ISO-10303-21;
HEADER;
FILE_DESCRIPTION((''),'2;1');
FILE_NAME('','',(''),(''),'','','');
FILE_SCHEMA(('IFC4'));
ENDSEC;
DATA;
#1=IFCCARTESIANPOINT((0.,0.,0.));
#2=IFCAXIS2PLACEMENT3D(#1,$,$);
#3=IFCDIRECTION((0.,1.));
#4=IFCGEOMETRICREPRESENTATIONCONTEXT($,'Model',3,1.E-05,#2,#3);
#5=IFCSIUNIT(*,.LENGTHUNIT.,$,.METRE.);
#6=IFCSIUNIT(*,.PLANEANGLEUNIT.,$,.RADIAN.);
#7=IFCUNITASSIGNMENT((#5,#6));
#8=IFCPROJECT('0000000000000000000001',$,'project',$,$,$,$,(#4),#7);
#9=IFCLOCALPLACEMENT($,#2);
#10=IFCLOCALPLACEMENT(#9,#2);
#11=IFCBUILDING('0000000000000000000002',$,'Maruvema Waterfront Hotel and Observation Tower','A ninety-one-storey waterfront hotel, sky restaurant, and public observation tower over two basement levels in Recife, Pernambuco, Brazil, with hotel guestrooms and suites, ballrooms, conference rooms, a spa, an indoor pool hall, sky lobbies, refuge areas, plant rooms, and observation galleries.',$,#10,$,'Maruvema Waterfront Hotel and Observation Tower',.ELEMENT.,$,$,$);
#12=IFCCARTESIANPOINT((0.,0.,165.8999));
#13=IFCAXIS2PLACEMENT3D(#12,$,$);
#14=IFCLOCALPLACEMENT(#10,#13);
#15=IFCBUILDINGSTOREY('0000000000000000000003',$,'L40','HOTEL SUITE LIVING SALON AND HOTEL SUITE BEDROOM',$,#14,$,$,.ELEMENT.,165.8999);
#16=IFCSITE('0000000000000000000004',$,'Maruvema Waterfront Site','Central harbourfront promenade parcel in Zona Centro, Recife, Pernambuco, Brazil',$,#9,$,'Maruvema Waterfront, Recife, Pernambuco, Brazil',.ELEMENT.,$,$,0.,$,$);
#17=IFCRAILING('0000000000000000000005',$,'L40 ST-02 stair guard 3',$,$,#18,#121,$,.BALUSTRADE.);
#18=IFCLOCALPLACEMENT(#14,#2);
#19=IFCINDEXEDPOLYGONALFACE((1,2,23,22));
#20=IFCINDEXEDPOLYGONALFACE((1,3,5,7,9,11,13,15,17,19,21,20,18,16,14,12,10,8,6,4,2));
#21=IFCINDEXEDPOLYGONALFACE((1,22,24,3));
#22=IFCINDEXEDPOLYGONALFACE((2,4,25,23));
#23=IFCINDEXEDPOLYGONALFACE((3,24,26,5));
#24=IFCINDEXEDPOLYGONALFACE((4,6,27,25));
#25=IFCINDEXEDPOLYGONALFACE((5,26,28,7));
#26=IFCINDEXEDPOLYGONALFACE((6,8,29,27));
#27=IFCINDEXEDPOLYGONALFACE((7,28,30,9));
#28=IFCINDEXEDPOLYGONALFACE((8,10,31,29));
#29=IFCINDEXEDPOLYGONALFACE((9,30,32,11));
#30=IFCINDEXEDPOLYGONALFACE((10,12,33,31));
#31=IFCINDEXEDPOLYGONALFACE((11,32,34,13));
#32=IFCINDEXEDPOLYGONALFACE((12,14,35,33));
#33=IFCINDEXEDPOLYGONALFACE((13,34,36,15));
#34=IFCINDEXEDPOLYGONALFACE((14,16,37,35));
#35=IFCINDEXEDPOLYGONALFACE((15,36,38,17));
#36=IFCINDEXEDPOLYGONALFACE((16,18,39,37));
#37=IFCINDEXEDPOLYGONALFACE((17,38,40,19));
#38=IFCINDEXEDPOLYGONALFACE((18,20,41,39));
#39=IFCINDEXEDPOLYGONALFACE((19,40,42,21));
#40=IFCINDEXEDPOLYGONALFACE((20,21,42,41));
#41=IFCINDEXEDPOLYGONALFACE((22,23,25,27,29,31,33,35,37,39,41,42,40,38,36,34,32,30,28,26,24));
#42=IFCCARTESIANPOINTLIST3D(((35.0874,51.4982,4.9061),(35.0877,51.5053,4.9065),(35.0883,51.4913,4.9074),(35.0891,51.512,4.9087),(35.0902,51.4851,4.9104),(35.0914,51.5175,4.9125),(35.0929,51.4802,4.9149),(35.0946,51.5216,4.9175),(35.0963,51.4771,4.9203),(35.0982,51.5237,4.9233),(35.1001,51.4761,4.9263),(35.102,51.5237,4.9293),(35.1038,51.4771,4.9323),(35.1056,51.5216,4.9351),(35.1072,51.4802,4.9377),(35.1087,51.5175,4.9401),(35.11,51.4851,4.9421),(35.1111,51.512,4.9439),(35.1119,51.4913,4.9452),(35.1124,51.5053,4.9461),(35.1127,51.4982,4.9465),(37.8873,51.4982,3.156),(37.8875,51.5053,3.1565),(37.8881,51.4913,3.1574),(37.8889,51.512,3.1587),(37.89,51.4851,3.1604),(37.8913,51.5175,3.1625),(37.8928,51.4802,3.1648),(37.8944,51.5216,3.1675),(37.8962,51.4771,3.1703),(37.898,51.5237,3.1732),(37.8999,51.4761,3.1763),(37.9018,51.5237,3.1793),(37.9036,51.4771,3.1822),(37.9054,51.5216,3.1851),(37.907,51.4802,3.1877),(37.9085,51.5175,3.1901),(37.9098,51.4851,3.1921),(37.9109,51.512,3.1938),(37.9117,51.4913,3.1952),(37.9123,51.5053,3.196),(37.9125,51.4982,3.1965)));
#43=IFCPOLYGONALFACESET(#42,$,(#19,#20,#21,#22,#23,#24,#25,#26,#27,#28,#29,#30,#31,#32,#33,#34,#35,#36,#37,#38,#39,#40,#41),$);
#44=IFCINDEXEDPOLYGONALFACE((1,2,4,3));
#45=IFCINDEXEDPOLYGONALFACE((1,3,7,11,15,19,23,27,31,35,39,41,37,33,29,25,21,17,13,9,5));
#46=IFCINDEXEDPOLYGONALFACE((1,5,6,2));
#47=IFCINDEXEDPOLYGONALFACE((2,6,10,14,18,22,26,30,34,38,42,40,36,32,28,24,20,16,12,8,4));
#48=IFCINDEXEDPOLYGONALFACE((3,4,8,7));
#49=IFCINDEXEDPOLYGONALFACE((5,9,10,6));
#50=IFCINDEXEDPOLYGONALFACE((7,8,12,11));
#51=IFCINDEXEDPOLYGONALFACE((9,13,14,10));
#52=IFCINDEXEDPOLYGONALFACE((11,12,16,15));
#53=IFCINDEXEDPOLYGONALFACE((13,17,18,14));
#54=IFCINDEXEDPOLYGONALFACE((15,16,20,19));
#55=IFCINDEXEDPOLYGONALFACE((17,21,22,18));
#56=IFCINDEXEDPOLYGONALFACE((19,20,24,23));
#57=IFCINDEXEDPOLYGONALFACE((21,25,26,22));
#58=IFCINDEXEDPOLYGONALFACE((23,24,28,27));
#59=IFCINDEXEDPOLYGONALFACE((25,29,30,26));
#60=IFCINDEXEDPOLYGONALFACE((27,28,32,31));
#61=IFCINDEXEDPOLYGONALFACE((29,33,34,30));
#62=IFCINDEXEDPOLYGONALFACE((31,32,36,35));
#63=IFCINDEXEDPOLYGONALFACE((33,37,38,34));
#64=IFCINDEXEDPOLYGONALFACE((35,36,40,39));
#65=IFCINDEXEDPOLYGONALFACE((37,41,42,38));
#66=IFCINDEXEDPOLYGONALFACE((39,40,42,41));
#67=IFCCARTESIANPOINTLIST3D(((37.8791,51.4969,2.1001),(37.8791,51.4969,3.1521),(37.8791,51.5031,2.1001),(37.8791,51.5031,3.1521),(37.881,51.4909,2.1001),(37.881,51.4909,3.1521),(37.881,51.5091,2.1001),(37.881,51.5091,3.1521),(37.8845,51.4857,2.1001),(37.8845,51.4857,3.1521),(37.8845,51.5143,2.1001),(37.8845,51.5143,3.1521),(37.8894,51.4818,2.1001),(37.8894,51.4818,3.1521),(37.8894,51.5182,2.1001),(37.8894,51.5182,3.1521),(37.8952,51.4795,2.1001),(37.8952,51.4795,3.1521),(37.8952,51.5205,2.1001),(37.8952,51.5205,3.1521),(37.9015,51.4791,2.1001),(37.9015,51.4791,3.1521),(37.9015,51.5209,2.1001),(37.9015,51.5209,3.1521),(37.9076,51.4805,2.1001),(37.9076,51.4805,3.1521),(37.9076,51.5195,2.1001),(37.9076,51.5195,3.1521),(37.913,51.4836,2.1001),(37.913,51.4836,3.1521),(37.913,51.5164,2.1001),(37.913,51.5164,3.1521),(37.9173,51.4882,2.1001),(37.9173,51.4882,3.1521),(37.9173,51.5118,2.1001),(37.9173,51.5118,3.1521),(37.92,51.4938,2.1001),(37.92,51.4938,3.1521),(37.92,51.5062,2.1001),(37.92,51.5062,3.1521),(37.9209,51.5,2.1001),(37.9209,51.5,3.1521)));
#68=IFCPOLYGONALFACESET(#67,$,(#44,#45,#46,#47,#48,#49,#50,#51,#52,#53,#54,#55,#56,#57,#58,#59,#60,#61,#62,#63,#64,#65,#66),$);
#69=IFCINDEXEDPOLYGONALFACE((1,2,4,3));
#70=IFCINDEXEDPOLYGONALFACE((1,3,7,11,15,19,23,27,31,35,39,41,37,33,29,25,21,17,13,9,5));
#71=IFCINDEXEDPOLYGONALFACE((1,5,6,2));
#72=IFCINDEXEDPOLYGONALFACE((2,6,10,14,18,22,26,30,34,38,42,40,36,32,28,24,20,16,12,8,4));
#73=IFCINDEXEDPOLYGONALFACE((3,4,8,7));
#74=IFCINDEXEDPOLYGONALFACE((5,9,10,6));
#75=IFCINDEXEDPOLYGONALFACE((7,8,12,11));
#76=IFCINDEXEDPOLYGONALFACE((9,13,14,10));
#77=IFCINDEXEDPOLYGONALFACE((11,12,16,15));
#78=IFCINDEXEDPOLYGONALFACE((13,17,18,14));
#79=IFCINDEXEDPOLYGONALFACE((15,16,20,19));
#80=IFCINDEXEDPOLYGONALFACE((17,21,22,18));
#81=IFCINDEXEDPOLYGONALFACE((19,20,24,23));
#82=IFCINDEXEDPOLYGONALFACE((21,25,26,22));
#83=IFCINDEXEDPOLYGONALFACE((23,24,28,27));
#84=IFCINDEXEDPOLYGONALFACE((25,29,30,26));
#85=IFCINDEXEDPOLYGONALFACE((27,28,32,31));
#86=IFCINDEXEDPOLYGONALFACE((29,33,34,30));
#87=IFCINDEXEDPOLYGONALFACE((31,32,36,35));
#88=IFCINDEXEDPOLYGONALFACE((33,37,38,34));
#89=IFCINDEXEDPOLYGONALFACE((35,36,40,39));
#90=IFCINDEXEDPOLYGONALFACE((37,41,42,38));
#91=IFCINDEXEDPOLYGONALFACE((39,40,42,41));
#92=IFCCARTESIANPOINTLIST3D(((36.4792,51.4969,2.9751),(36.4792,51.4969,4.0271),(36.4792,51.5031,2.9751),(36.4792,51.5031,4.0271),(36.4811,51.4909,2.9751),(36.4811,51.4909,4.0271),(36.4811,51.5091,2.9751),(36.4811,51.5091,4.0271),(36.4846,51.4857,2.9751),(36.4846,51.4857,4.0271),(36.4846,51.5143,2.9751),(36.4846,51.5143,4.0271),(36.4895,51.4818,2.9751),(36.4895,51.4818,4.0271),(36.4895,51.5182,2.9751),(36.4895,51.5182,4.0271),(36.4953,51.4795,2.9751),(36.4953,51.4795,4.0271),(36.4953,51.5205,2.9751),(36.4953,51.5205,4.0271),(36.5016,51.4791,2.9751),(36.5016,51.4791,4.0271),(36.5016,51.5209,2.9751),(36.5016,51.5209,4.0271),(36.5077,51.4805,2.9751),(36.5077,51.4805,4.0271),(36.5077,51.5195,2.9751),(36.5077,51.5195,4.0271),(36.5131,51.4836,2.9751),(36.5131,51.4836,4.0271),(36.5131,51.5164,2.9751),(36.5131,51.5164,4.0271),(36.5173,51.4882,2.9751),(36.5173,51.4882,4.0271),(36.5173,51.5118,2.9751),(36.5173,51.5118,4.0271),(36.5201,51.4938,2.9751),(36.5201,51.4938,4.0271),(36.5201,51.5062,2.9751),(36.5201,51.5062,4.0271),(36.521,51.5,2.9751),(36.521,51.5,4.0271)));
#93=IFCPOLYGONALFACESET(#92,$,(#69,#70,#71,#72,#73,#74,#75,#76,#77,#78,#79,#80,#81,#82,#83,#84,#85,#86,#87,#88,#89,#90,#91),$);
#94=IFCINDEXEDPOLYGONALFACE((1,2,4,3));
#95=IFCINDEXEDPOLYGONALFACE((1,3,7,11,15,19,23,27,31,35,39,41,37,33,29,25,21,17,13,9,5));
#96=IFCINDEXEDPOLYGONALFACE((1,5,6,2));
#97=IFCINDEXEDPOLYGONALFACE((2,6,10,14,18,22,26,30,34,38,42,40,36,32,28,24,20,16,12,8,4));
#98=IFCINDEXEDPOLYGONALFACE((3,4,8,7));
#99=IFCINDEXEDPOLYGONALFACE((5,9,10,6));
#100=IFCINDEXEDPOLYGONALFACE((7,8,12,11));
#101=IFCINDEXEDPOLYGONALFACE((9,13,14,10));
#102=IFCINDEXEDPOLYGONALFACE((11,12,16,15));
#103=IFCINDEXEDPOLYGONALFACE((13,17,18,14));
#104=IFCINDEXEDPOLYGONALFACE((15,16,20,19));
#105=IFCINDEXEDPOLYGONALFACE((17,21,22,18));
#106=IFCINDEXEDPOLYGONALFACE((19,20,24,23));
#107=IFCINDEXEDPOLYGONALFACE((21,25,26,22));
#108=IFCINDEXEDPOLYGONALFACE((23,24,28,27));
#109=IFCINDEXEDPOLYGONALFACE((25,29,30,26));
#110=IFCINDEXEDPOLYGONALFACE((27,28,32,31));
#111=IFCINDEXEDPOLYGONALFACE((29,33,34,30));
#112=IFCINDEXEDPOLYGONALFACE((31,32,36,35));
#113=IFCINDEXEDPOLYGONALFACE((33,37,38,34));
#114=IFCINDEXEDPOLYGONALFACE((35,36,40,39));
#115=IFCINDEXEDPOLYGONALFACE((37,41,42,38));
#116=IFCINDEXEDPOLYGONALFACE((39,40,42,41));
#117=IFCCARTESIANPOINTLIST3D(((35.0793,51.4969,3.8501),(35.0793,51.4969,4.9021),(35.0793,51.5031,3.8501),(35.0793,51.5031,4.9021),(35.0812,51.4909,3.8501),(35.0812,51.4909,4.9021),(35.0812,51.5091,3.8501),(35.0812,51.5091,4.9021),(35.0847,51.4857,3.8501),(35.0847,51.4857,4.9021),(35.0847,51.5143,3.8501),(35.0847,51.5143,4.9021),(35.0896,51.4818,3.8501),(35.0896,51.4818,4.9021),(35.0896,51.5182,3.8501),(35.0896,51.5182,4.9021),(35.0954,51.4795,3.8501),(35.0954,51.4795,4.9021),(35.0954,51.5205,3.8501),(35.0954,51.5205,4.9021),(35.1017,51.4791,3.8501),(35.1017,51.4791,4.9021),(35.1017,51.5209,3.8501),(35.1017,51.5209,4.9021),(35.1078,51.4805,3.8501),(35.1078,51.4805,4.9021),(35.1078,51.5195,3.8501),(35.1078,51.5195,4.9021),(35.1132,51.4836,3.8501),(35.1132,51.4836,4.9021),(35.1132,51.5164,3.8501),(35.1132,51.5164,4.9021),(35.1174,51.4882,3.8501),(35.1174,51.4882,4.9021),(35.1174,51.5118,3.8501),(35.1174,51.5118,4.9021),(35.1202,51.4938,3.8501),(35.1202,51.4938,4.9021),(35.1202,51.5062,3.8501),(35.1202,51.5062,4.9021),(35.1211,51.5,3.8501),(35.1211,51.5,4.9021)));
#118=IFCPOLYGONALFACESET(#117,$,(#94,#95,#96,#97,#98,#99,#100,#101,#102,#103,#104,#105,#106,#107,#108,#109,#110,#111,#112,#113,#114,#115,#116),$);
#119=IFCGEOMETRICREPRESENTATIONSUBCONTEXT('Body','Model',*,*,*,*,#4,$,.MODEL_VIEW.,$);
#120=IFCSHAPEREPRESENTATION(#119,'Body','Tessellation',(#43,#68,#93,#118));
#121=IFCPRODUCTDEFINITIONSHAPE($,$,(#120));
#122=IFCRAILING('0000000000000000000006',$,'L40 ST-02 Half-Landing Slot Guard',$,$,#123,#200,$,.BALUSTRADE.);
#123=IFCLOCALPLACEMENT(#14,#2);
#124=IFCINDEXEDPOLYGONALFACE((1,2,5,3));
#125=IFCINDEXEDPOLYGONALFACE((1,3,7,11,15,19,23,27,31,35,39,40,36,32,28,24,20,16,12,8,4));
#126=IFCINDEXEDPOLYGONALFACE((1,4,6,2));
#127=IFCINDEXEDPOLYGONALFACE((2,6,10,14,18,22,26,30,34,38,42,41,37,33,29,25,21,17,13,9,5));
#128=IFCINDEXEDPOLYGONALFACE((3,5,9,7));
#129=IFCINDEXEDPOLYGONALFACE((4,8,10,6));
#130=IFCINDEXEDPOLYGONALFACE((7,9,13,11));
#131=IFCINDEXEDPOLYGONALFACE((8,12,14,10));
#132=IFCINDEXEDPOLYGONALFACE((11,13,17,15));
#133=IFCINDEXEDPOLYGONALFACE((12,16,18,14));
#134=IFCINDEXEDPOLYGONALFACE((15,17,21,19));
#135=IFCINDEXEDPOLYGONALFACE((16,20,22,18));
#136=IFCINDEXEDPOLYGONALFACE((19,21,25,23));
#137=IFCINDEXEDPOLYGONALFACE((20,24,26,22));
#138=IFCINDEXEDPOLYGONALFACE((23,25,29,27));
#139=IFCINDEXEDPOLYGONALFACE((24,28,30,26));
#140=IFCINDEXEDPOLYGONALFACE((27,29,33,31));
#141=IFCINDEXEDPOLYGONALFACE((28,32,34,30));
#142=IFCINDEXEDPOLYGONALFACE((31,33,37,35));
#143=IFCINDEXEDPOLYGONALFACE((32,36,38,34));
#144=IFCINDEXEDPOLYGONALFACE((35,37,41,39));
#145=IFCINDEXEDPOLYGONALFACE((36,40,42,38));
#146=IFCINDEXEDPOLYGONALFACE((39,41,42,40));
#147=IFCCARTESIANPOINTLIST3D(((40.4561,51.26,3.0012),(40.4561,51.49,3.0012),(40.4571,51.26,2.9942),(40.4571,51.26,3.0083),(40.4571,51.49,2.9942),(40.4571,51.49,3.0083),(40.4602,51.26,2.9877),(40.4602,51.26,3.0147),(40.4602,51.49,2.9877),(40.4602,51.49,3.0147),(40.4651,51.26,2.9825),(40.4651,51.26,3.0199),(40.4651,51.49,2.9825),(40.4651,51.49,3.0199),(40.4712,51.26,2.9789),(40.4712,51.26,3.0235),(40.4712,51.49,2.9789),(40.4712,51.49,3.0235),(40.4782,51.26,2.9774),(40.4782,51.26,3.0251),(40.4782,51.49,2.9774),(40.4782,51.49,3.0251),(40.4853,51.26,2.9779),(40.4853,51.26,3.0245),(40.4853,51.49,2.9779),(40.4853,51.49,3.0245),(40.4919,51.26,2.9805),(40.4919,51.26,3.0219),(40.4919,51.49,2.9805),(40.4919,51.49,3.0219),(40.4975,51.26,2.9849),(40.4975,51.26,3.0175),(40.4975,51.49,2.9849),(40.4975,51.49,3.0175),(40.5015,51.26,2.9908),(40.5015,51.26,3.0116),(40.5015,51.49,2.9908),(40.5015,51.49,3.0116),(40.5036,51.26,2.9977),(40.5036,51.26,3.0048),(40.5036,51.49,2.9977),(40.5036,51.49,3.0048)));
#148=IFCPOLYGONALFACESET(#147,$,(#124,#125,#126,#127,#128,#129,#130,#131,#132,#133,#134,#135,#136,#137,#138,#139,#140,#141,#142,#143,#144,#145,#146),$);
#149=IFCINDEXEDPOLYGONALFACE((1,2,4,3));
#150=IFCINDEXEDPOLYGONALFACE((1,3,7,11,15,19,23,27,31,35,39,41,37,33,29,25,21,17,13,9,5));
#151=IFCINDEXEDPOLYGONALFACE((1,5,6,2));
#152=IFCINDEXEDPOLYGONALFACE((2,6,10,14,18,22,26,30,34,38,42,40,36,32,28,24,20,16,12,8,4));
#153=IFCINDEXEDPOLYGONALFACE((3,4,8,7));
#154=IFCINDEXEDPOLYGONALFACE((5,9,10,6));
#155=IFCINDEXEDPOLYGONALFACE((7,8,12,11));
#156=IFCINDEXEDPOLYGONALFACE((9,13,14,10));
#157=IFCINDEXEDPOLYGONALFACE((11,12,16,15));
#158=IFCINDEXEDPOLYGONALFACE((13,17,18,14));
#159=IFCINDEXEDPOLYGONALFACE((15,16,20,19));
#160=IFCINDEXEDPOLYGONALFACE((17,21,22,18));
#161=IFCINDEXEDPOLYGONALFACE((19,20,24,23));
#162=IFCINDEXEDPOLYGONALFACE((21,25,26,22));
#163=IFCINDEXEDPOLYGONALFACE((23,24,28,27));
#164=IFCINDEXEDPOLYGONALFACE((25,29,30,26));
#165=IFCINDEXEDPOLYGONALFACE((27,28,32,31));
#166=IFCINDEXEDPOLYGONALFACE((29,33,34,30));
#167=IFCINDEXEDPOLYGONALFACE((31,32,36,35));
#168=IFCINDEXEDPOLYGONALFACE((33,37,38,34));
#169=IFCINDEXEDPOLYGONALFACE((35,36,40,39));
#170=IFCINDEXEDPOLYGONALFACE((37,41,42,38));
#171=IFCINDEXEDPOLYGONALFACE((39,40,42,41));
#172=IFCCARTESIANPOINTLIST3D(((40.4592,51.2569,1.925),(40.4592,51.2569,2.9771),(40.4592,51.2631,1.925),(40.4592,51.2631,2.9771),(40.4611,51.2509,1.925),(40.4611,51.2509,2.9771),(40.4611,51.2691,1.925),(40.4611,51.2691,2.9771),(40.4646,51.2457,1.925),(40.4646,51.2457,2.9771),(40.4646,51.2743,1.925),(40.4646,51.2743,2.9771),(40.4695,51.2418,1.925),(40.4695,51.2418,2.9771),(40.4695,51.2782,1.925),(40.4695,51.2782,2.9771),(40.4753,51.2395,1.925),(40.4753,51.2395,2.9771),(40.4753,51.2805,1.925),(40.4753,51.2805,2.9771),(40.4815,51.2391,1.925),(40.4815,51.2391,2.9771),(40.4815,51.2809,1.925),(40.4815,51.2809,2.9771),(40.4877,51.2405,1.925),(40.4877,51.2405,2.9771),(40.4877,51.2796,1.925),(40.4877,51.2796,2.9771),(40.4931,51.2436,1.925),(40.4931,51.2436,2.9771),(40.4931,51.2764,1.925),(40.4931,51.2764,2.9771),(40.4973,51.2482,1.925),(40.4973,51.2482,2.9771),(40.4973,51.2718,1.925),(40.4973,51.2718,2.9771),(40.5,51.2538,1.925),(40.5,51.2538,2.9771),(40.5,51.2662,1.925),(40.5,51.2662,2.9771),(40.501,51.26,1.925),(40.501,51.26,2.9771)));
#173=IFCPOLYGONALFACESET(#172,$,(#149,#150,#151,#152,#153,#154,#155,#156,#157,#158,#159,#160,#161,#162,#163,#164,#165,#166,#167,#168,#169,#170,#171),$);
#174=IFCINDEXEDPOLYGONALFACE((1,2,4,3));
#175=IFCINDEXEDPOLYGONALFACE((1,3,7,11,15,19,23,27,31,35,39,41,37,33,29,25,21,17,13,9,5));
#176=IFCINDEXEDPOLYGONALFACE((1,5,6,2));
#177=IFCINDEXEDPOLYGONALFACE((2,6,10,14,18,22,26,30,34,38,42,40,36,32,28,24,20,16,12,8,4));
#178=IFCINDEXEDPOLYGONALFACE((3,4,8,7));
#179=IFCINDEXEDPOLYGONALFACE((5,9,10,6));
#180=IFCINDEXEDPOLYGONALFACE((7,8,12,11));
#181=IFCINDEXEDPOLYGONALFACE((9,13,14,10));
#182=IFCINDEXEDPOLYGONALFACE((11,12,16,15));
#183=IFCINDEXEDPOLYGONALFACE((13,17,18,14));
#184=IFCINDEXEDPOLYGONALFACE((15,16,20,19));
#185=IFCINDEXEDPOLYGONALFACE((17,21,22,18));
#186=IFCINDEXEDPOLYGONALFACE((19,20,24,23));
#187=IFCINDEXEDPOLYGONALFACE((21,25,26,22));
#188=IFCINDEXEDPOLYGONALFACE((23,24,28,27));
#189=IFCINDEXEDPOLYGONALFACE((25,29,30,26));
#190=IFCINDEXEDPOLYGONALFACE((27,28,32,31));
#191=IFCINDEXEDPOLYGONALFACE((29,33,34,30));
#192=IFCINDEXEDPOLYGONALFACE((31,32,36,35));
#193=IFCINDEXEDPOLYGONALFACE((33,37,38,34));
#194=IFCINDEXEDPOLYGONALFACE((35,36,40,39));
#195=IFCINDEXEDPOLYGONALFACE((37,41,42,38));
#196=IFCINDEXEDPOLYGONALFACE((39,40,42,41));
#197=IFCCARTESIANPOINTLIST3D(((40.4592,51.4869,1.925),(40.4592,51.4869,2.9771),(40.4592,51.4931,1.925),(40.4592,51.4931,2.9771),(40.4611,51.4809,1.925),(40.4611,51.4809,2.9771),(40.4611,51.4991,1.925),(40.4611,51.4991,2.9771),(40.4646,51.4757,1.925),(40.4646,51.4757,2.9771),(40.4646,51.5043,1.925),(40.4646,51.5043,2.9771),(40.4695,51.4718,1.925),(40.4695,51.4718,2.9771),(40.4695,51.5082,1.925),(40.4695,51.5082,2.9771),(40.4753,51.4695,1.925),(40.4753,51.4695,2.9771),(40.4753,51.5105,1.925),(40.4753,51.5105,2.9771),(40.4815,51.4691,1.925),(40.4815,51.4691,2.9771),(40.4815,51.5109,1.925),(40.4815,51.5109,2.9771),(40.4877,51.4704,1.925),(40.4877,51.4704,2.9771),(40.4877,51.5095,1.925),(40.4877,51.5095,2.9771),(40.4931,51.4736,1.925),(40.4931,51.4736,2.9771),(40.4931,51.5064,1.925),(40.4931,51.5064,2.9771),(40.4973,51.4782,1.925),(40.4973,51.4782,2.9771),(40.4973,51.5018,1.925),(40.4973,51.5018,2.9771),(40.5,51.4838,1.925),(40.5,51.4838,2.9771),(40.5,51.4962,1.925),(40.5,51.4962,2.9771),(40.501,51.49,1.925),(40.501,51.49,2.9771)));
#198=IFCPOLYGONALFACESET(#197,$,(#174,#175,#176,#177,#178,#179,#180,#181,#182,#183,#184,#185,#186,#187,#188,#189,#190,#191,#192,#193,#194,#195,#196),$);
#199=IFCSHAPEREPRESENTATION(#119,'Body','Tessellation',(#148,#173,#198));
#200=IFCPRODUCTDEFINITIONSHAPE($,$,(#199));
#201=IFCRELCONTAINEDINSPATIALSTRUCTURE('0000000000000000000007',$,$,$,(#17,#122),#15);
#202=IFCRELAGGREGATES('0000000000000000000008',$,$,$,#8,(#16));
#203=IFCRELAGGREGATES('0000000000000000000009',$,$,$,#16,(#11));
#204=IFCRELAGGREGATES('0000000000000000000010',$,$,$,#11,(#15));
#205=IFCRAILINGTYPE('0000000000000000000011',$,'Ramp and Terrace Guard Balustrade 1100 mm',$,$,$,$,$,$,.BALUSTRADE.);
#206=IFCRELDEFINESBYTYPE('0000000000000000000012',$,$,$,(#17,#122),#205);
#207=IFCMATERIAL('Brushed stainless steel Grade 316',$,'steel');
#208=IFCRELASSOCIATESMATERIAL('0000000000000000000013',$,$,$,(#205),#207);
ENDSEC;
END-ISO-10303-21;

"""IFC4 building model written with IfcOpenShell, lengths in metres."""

from ifc_helpers import new_model, si_unit, direction, frame, origin, origin_2d, place, context, subcontext, project, spatial, circle, extrude, material, type_object, element, save


model = new_model("IFC4")

# Units and contexts
model_context = context("Model", 3, precision=1e-05, world=origin(), true_north=direction((0.0, 1.0)))
body_context = subcontext(model_context, "Body", "Model", "MODEL_VIEW")
ifc_project = project(units=[si_unit("LENGTHUNIT", "METRE"), si_unit("PLANEANGLEUNIT", "RADIAN")], contexts=[model_context])

# Site, building, storey
site_placement = place(None, origin())
site = spatial("IfcSite", under=ifc_project, at=site_placement, Name="Maruvema Waterfront Site", Description="Central harbourfront promenade parcel in Zona Centro, Recife, Pernambuco, Brazil", LongName="Maruvema Waterfront, Recife, Pernambuco, Brazil", CompositionType="ELEMENT", RefElevation=0.0)
building_placement = place(site_placement, origin())
building = spatial("IfcBuilding", under=site, at=building_placement, Name="Maruvema Waterfront Hotel and Observation Tower", Description="A ninety-one-storey waterfront hotel, sky restaurant, and public observation tower over two basement levels in Recife, Pernambuco, Brazil, with hotel guestrooms and suites, ballrooms, conference rooms, a spa, an indoor pool hall, sky lobbies, refuge areas, plant rooms, and observation galleries.", LongName="Maruvema Waterfront Hotel and Observation Tower", CompositionType="ELEMENT")
storey_placement = place(building_placement, frame((0.0, 0.0, 165.8999)))
storey = spatial("IfcBuildingStorey", under=building, at=storey_placement, Name="L40", Description="HOTEL SUITE LIVING SALON AND HOTEL SUITE BEDROOM", CompositionType="ELEMENT", Elevation=165.8999)

# Railings
ifc_material_1 = material(Name="Brushed stainless steel Grade 316", Category="steel")
railing_type_1 = type_object("IfcRailingType", Name="Ramp and Terrace Guard Balustrade 1100 mm", PredefinedType="BALUSTRADE", material=ifc_material_1)
railing_1_placement = place(storey_placement, frame((37.8999, 51.5, 2.1001)))
element("IfcRailing", 1, at=railing_1_placement, inside=storey, type_object=railing_type_1, Name="L40 ST-02 stair guard 3", PredefinedType="BALUSTRADE", context=body_context, shape_type="SweptSolid", body=[
    extrude(circle(Radius=0.0239, at=origin_2d()), frame((0.0, 0.0, 1.0762), z_axis=(-0.847982, 0.0, 0.530026), x_axis=(0.0, -1.0, 0.0)), (0.0, 0.0, 1.0), 3.3018),
    extrude(circle(Radius=0.021, at=origin_2d()), origin(), (0.0, 0.0, 1.0), 1.052),
    extrude(circle(Radius=0.021, at=origin_2d()), frame((-1.3999, 0.0, 0.875)), (0.0, 0.0, 1.0), 1.052),
    extrude(circle(Radius=0.021, at=origin_2d()), frame((-2.7998, 0.0, 1.75)), (0.0, 0.0, 1.0), 1.052),
])
railing_2_placement = place(storey_placement, frame((40.48, 51.26, 1.925)))
element("IfcRailing", 2, at=railing_2_placement, inside=storey, type_object=railing_type_1, Name="L40 ST-02 Half-Landing Slot Guard", PredefinedType="BALUSTRADE", context=body_context, shape_type="SweptSolid", body=[
    extrude(circle(Radius=0.0239, at=origin_2d()), frame((0.0, 0.0, 1.0762), z_axis=(0.0, 1.0, 0.0), x_axis=(-1.0, 0.0, 0.0)), (0.0, 0.0, 1.0), 0.23),
    extrude(circle(Radius=0.021, at=origin_2d()), origin(), (0.0, 0.0, 1.0), 1.052),
    extrude(circle(Radius=0.021, at=origin_2d()), frame((0.0, 0.23, 0.0)), (0.0, 0.0, 1.0), 1.052),
])

save(model, "model.ifc")
